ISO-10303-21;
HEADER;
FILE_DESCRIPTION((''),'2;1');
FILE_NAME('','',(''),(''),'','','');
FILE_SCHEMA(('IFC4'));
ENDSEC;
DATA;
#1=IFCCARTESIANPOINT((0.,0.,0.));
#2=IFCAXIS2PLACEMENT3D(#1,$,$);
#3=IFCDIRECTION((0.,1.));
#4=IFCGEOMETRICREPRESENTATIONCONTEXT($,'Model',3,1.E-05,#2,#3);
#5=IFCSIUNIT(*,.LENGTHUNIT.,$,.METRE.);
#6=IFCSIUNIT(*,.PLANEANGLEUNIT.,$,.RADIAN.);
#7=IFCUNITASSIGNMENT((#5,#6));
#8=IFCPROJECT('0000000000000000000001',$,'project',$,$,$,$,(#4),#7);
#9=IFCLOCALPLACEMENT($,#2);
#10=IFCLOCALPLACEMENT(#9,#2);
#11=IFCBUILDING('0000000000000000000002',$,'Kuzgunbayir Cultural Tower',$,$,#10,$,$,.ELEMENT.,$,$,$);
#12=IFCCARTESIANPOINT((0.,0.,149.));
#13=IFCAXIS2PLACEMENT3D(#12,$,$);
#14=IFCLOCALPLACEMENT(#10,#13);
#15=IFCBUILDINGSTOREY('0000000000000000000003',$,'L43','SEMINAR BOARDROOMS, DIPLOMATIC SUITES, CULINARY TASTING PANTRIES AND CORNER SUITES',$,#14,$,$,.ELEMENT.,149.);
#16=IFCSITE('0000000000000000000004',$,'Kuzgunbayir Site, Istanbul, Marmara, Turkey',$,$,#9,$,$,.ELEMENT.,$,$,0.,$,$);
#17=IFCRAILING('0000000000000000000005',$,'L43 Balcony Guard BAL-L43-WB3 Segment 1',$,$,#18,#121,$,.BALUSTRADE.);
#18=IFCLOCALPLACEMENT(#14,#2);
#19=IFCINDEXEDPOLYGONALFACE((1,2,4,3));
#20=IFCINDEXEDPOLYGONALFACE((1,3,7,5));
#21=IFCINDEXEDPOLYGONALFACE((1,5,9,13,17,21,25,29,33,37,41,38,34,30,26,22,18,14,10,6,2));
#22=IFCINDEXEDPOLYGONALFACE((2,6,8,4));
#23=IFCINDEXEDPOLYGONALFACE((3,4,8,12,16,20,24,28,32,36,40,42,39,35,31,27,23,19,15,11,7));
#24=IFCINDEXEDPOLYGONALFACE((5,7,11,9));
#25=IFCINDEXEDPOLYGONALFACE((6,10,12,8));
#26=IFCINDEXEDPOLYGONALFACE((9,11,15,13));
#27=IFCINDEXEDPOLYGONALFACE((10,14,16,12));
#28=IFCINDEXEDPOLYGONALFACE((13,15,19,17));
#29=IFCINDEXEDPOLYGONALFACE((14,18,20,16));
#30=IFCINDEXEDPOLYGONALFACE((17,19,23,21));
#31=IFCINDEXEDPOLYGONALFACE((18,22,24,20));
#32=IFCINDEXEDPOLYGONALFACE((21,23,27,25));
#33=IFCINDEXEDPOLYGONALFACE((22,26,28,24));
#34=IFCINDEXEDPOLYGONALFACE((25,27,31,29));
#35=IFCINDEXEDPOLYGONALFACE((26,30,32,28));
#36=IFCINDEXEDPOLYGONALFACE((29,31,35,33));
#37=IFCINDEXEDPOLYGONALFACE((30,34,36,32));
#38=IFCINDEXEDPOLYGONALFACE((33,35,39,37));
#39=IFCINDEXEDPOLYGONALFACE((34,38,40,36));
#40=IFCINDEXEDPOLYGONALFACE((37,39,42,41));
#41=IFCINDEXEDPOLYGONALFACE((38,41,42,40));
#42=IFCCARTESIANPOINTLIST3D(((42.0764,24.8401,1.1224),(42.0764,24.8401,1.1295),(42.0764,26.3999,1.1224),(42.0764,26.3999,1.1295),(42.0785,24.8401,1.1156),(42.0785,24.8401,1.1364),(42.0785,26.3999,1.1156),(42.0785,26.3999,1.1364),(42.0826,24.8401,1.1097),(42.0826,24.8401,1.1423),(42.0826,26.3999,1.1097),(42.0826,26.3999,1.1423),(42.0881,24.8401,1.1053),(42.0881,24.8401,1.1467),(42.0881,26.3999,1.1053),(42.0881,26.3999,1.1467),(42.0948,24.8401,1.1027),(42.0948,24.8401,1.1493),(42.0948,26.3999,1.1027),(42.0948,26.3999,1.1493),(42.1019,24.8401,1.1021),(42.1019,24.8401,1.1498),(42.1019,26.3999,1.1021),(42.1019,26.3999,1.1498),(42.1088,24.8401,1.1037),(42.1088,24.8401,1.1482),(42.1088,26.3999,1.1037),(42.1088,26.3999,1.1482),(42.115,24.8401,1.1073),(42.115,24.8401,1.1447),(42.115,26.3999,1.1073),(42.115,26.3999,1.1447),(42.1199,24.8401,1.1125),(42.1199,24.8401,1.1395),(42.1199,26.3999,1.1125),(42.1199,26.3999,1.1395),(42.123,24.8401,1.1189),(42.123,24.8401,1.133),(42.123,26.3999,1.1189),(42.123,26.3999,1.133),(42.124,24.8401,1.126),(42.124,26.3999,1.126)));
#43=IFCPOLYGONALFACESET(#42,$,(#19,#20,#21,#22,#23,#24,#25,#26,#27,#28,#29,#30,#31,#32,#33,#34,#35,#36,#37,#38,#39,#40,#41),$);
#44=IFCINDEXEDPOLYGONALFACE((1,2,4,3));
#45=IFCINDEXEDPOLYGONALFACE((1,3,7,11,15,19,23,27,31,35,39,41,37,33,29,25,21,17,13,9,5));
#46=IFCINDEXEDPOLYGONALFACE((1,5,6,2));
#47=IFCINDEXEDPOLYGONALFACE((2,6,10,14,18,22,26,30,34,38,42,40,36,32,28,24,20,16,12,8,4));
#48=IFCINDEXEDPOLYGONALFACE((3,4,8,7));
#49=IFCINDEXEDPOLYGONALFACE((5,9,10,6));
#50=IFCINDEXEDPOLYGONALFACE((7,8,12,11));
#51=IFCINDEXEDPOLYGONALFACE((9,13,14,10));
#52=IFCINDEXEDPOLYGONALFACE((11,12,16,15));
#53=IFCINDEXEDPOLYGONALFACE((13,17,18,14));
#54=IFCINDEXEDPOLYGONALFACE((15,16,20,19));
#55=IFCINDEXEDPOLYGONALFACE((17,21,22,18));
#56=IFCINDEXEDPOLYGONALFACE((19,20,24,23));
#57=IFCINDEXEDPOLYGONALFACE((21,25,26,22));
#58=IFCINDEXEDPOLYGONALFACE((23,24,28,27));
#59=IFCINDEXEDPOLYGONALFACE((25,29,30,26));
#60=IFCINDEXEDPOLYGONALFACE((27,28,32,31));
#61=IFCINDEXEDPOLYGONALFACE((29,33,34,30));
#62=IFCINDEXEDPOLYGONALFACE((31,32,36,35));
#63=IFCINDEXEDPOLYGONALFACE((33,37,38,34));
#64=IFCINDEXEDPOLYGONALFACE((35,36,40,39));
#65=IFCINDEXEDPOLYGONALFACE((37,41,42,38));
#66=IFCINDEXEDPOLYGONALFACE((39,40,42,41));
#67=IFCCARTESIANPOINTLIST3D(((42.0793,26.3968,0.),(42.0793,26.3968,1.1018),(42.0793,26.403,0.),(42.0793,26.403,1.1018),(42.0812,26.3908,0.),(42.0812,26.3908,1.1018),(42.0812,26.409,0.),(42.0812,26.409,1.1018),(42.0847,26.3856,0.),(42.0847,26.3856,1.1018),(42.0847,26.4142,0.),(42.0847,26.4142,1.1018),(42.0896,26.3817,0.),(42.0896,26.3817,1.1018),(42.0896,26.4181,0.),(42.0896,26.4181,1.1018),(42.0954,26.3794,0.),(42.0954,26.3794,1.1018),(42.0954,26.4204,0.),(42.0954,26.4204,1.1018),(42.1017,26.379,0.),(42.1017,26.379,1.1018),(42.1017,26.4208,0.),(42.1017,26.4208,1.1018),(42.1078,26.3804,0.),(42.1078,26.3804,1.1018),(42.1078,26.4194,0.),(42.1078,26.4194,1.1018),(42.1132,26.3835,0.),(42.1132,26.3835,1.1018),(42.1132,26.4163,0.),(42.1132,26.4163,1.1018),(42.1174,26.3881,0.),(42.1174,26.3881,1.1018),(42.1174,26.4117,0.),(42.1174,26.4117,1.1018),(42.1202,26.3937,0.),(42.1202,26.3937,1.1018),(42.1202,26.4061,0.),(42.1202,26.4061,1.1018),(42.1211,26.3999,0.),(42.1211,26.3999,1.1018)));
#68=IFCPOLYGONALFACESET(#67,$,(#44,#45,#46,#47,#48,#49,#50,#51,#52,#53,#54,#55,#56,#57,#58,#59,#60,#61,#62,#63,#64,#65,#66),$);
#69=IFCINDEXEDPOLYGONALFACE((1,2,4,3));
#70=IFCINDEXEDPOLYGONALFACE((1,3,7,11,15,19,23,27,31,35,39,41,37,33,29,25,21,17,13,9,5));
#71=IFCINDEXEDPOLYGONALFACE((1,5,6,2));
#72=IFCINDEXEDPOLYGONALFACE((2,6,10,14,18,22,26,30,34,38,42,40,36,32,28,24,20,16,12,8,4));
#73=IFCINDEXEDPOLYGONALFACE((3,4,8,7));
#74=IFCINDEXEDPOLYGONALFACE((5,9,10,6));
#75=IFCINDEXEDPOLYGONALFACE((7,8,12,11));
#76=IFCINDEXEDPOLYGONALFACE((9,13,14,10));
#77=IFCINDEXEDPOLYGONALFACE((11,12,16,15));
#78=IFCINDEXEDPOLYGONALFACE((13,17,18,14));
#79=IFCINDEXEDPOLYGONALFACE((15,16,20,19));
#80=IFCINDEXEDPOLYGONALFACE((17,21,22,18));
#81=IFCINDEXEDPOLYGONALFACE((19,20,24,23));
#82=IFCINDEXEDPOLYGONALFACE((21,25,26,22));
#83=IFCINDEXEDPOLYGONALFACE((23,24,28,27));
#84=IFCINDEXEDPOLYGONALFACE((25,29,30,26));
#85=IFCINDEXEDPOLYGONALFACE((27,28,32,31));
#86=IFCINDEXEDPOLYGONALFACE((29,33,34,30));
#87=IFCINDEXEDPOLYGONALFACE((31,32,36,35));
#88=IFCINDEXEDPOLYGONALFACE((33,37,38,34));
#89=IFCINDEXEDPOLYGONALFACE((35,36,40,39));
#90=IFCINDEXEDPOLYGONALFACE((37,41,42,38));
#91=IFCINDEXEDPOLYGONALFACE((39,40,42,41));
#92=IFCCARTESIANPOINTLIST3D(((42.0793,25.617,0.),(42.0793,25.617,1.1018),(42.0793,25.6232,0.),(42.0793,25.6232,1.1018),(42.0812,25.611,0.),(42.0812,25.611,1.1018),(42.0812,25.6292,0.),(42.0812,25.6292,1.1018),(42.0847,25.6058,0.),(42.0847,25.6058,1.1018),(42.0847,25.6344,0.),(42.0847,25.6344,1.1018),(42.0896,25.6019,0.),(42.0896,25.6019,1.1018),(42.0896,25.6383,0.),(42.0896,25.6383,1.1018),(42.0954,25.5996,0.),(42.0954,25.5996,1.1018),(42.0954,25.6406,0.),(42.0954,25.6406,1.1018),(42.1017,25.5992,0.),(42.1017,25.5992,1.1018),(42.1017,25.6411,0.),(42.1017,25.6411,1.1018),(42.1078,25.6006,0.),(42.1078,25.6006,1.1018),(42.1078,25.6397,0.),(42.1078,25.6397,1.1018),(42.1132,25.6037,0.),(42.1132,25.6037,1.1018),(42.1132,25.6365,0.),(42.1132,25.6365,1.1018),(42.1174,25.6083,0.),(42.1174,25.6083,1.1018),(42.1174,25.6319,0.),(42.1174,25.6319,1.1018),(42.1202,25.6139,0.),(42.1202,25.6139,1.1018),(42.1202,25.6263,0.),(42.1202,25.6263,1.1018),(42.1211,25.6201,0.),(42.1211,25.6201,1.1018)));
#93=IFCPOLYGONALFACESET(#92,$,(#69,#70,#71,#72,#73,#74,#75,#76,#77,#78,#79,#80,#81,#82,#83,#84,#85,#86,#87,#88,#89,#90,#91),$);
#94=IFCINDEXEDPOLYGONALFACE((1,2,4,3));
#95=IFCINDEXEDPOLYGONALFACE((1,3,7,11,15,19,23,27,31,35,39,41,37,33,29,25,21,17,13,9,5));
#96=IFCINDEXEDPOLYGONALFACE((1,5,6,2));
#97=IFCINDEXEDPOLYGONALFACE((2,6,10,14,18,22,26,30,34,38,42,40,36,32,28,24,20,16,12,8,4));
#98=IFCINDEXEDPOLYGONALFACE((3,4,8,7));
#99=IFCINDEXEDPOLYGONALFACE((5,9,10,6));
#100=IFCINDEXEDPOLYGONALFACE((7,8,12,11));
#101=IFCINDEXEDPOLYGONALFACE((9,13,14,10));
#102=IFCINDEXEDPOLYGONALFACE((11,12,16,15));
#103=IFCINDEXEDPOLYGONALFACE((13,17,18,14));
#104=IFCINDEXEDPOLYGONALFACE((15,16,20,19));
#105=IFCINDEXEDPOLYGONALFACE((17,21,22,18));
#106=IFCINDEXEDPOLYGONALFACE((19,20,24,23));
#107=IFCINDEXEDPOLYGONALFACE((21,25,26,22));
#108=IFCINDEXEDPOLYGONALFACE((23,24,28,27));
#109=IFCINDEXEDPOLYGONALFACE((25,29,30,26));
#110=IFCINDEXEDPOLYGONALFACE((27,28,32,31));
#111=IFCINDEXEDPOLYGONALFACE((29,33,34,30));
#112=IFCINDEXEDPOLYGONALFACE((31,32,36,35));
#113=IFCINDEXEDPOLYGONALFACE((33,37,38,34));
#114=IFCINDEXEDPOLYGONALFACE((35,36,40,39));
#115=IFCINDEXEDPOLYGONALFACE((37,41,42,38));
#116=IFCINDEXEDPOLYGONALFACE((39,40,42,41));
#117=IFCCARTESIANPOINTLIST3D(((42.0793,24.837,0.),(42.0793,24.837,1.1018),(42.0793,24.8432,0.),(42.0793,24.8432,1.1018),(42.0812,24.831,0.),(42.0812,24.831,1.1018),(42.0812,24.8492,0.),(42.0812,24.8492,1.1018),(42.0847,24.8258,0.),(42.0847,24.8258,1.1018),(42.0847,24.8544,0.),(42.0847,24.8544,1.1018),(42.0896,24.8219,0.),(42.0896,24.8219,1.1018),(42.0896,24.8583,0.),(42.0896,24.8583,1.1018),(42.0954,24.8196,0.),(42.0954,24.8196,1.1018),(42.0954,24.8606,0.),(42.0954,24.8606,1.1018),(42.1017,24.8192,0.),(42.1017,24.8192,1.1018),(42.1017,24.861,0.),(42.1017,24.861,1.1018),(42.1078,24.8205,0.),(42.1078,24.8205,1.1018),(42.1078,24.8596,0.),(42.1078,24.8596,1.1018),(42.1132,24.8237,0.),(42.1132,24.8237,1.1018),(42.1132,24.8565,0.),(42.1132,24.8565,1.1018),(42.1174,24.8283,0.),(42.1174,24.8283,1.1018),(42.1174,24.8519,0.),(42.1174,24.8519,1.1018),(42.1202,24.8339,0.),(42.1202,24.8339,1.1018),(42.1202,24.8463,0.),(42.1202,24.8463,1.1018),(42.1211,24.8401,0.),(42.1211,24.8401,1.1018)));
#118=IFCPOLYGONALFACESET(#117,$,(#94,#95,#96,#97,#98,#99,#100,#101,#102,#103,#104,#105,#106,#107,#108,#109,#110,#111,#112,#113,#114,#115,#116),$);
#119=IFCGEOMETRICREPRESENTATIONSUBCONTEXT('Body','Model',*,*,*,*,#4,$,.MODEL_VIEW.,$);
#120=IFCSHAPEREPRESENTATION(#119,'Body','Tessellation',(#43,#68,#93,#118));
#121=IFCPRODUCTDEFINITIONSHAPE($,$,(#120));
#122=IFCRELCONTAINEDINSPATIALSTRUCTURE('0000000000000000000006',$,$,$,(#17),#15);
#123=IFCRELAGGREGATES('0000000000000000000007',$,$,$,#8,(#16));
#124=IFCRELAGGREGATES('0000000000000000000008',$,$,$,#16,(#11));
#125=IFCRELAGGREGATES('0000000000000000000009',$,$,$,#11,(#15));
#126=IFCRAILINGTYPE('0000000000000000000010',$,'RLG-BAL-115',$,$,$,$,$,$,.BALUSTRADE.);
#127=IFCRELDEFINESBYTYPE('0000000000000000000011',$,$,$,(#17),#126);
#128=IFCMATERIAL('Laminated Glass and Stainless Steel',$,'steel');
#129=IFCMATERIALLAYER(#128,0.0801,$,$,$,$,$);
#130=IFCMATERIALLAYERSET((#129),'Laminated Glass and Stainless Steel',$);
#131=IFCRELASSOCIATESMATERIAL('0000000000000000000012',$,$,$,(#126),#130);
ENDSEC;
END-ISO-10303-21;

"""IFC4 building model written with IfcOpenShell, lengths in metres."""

from ifc_helpers import new_model, si_unit, direction, frame, origin, origin_2d, place, context, subcontext, project, spatial, circle, extrude, material, layer, layer_set, type_object, element, save


model = new_model("IFC4")

# Units and contexts
model_context = context("Model", 3, precision=1e-05, world=origin(), true_north=direction((0.0, 1.0)))
body_context = subcontext(model_context, "Body", "Model", "MODEL_VIEW")
ifc_project = project(units=[si_unit("LENGTHUNIT", "METRE"), si_unit("PLANEANGLEUNIT", "RADIAN")], contexts=[model_context])

# Site, building, storey
site_placement = place(None, origin())
site = spatial("IfcSite", under=ifc_project, at=site_placement, Name="Kuzgunbayir Site, Istanbul, Marmara, Turkey", CompositionType="ELEMENT", RefElevation=0.0)
building_placement = place(site_placement, origin())
building = spatial("IfcBuilding", under=site, at=building_placement, Name="Kuzgunbayir Cultural Tower", CompositionType="ELEMENT")
storey_placement = place(building_placement, frame((0.0, 0.0, 149.0)))
storey = spatial("IfcBuildingStorey", under=building, at=storey_placement, Name="L43", Description="SEMINAR BOARDROOMS, DIPLOMATIC SUITES, CULINARY TASTING PANTRIES AND CORNER SUITES", CompositionType="ELEMENT", Elevation=149.0)

# Railing
ifc_material_1 = material(Name="Laminated Glass and Stainless Steel", Category="steel")
ifc_layer_1 = layer(ifc_material_1, 0.0801)
ifc_layer_set_1 = layer_set([ifc_layer_1], Name="Laminated Glass and Stainless Steel")
railing_type = type_object("IfcRailingType", Name="RLG-BAL-115", PredefinedType="BALUSTRADE", material=ifc_layer_set_1)
railing_1_placement = place(storey_placement, frame((42.1001, 26.3999, 0.0)))
element("IfcRailing", 1, at=railing_1_placement, inside=storey, type_object=railing_type, Name="L43 Balcony Guard BAL-L43-WB3 Segment 1", PredefinedType="BALUSTRADE", context=body_context, shape_type="SweptSolid", body=[
    extrude(circle(Radius=0.0239, at=origin_2d()), frame((0.0, 0.0, 1.126), z_axis=(0.0, -1.0, 0.0), x_axis=(1.0, 0.0, 0.0)), (0.0, 0.0, 1.0), 1.5598),
    extrude(circle(Radius=0.021, at=origin_2d()), origin(), (0.0, 0.0, 1.0), 1.1018),
    extrude(circle(Radius=0.021, at=origin_2d()), frame((0.0, -0.7798, 0.0)), (0.0, 0.0, 1.0), 1.1018),
    extrude(circle(Radius=0.021, at=origin_2d()), frame((0.0, -1.5598, 0.0)), (0.0, 0.0, 1.0), 1.1018),
])

save(model, "model.ifc")
